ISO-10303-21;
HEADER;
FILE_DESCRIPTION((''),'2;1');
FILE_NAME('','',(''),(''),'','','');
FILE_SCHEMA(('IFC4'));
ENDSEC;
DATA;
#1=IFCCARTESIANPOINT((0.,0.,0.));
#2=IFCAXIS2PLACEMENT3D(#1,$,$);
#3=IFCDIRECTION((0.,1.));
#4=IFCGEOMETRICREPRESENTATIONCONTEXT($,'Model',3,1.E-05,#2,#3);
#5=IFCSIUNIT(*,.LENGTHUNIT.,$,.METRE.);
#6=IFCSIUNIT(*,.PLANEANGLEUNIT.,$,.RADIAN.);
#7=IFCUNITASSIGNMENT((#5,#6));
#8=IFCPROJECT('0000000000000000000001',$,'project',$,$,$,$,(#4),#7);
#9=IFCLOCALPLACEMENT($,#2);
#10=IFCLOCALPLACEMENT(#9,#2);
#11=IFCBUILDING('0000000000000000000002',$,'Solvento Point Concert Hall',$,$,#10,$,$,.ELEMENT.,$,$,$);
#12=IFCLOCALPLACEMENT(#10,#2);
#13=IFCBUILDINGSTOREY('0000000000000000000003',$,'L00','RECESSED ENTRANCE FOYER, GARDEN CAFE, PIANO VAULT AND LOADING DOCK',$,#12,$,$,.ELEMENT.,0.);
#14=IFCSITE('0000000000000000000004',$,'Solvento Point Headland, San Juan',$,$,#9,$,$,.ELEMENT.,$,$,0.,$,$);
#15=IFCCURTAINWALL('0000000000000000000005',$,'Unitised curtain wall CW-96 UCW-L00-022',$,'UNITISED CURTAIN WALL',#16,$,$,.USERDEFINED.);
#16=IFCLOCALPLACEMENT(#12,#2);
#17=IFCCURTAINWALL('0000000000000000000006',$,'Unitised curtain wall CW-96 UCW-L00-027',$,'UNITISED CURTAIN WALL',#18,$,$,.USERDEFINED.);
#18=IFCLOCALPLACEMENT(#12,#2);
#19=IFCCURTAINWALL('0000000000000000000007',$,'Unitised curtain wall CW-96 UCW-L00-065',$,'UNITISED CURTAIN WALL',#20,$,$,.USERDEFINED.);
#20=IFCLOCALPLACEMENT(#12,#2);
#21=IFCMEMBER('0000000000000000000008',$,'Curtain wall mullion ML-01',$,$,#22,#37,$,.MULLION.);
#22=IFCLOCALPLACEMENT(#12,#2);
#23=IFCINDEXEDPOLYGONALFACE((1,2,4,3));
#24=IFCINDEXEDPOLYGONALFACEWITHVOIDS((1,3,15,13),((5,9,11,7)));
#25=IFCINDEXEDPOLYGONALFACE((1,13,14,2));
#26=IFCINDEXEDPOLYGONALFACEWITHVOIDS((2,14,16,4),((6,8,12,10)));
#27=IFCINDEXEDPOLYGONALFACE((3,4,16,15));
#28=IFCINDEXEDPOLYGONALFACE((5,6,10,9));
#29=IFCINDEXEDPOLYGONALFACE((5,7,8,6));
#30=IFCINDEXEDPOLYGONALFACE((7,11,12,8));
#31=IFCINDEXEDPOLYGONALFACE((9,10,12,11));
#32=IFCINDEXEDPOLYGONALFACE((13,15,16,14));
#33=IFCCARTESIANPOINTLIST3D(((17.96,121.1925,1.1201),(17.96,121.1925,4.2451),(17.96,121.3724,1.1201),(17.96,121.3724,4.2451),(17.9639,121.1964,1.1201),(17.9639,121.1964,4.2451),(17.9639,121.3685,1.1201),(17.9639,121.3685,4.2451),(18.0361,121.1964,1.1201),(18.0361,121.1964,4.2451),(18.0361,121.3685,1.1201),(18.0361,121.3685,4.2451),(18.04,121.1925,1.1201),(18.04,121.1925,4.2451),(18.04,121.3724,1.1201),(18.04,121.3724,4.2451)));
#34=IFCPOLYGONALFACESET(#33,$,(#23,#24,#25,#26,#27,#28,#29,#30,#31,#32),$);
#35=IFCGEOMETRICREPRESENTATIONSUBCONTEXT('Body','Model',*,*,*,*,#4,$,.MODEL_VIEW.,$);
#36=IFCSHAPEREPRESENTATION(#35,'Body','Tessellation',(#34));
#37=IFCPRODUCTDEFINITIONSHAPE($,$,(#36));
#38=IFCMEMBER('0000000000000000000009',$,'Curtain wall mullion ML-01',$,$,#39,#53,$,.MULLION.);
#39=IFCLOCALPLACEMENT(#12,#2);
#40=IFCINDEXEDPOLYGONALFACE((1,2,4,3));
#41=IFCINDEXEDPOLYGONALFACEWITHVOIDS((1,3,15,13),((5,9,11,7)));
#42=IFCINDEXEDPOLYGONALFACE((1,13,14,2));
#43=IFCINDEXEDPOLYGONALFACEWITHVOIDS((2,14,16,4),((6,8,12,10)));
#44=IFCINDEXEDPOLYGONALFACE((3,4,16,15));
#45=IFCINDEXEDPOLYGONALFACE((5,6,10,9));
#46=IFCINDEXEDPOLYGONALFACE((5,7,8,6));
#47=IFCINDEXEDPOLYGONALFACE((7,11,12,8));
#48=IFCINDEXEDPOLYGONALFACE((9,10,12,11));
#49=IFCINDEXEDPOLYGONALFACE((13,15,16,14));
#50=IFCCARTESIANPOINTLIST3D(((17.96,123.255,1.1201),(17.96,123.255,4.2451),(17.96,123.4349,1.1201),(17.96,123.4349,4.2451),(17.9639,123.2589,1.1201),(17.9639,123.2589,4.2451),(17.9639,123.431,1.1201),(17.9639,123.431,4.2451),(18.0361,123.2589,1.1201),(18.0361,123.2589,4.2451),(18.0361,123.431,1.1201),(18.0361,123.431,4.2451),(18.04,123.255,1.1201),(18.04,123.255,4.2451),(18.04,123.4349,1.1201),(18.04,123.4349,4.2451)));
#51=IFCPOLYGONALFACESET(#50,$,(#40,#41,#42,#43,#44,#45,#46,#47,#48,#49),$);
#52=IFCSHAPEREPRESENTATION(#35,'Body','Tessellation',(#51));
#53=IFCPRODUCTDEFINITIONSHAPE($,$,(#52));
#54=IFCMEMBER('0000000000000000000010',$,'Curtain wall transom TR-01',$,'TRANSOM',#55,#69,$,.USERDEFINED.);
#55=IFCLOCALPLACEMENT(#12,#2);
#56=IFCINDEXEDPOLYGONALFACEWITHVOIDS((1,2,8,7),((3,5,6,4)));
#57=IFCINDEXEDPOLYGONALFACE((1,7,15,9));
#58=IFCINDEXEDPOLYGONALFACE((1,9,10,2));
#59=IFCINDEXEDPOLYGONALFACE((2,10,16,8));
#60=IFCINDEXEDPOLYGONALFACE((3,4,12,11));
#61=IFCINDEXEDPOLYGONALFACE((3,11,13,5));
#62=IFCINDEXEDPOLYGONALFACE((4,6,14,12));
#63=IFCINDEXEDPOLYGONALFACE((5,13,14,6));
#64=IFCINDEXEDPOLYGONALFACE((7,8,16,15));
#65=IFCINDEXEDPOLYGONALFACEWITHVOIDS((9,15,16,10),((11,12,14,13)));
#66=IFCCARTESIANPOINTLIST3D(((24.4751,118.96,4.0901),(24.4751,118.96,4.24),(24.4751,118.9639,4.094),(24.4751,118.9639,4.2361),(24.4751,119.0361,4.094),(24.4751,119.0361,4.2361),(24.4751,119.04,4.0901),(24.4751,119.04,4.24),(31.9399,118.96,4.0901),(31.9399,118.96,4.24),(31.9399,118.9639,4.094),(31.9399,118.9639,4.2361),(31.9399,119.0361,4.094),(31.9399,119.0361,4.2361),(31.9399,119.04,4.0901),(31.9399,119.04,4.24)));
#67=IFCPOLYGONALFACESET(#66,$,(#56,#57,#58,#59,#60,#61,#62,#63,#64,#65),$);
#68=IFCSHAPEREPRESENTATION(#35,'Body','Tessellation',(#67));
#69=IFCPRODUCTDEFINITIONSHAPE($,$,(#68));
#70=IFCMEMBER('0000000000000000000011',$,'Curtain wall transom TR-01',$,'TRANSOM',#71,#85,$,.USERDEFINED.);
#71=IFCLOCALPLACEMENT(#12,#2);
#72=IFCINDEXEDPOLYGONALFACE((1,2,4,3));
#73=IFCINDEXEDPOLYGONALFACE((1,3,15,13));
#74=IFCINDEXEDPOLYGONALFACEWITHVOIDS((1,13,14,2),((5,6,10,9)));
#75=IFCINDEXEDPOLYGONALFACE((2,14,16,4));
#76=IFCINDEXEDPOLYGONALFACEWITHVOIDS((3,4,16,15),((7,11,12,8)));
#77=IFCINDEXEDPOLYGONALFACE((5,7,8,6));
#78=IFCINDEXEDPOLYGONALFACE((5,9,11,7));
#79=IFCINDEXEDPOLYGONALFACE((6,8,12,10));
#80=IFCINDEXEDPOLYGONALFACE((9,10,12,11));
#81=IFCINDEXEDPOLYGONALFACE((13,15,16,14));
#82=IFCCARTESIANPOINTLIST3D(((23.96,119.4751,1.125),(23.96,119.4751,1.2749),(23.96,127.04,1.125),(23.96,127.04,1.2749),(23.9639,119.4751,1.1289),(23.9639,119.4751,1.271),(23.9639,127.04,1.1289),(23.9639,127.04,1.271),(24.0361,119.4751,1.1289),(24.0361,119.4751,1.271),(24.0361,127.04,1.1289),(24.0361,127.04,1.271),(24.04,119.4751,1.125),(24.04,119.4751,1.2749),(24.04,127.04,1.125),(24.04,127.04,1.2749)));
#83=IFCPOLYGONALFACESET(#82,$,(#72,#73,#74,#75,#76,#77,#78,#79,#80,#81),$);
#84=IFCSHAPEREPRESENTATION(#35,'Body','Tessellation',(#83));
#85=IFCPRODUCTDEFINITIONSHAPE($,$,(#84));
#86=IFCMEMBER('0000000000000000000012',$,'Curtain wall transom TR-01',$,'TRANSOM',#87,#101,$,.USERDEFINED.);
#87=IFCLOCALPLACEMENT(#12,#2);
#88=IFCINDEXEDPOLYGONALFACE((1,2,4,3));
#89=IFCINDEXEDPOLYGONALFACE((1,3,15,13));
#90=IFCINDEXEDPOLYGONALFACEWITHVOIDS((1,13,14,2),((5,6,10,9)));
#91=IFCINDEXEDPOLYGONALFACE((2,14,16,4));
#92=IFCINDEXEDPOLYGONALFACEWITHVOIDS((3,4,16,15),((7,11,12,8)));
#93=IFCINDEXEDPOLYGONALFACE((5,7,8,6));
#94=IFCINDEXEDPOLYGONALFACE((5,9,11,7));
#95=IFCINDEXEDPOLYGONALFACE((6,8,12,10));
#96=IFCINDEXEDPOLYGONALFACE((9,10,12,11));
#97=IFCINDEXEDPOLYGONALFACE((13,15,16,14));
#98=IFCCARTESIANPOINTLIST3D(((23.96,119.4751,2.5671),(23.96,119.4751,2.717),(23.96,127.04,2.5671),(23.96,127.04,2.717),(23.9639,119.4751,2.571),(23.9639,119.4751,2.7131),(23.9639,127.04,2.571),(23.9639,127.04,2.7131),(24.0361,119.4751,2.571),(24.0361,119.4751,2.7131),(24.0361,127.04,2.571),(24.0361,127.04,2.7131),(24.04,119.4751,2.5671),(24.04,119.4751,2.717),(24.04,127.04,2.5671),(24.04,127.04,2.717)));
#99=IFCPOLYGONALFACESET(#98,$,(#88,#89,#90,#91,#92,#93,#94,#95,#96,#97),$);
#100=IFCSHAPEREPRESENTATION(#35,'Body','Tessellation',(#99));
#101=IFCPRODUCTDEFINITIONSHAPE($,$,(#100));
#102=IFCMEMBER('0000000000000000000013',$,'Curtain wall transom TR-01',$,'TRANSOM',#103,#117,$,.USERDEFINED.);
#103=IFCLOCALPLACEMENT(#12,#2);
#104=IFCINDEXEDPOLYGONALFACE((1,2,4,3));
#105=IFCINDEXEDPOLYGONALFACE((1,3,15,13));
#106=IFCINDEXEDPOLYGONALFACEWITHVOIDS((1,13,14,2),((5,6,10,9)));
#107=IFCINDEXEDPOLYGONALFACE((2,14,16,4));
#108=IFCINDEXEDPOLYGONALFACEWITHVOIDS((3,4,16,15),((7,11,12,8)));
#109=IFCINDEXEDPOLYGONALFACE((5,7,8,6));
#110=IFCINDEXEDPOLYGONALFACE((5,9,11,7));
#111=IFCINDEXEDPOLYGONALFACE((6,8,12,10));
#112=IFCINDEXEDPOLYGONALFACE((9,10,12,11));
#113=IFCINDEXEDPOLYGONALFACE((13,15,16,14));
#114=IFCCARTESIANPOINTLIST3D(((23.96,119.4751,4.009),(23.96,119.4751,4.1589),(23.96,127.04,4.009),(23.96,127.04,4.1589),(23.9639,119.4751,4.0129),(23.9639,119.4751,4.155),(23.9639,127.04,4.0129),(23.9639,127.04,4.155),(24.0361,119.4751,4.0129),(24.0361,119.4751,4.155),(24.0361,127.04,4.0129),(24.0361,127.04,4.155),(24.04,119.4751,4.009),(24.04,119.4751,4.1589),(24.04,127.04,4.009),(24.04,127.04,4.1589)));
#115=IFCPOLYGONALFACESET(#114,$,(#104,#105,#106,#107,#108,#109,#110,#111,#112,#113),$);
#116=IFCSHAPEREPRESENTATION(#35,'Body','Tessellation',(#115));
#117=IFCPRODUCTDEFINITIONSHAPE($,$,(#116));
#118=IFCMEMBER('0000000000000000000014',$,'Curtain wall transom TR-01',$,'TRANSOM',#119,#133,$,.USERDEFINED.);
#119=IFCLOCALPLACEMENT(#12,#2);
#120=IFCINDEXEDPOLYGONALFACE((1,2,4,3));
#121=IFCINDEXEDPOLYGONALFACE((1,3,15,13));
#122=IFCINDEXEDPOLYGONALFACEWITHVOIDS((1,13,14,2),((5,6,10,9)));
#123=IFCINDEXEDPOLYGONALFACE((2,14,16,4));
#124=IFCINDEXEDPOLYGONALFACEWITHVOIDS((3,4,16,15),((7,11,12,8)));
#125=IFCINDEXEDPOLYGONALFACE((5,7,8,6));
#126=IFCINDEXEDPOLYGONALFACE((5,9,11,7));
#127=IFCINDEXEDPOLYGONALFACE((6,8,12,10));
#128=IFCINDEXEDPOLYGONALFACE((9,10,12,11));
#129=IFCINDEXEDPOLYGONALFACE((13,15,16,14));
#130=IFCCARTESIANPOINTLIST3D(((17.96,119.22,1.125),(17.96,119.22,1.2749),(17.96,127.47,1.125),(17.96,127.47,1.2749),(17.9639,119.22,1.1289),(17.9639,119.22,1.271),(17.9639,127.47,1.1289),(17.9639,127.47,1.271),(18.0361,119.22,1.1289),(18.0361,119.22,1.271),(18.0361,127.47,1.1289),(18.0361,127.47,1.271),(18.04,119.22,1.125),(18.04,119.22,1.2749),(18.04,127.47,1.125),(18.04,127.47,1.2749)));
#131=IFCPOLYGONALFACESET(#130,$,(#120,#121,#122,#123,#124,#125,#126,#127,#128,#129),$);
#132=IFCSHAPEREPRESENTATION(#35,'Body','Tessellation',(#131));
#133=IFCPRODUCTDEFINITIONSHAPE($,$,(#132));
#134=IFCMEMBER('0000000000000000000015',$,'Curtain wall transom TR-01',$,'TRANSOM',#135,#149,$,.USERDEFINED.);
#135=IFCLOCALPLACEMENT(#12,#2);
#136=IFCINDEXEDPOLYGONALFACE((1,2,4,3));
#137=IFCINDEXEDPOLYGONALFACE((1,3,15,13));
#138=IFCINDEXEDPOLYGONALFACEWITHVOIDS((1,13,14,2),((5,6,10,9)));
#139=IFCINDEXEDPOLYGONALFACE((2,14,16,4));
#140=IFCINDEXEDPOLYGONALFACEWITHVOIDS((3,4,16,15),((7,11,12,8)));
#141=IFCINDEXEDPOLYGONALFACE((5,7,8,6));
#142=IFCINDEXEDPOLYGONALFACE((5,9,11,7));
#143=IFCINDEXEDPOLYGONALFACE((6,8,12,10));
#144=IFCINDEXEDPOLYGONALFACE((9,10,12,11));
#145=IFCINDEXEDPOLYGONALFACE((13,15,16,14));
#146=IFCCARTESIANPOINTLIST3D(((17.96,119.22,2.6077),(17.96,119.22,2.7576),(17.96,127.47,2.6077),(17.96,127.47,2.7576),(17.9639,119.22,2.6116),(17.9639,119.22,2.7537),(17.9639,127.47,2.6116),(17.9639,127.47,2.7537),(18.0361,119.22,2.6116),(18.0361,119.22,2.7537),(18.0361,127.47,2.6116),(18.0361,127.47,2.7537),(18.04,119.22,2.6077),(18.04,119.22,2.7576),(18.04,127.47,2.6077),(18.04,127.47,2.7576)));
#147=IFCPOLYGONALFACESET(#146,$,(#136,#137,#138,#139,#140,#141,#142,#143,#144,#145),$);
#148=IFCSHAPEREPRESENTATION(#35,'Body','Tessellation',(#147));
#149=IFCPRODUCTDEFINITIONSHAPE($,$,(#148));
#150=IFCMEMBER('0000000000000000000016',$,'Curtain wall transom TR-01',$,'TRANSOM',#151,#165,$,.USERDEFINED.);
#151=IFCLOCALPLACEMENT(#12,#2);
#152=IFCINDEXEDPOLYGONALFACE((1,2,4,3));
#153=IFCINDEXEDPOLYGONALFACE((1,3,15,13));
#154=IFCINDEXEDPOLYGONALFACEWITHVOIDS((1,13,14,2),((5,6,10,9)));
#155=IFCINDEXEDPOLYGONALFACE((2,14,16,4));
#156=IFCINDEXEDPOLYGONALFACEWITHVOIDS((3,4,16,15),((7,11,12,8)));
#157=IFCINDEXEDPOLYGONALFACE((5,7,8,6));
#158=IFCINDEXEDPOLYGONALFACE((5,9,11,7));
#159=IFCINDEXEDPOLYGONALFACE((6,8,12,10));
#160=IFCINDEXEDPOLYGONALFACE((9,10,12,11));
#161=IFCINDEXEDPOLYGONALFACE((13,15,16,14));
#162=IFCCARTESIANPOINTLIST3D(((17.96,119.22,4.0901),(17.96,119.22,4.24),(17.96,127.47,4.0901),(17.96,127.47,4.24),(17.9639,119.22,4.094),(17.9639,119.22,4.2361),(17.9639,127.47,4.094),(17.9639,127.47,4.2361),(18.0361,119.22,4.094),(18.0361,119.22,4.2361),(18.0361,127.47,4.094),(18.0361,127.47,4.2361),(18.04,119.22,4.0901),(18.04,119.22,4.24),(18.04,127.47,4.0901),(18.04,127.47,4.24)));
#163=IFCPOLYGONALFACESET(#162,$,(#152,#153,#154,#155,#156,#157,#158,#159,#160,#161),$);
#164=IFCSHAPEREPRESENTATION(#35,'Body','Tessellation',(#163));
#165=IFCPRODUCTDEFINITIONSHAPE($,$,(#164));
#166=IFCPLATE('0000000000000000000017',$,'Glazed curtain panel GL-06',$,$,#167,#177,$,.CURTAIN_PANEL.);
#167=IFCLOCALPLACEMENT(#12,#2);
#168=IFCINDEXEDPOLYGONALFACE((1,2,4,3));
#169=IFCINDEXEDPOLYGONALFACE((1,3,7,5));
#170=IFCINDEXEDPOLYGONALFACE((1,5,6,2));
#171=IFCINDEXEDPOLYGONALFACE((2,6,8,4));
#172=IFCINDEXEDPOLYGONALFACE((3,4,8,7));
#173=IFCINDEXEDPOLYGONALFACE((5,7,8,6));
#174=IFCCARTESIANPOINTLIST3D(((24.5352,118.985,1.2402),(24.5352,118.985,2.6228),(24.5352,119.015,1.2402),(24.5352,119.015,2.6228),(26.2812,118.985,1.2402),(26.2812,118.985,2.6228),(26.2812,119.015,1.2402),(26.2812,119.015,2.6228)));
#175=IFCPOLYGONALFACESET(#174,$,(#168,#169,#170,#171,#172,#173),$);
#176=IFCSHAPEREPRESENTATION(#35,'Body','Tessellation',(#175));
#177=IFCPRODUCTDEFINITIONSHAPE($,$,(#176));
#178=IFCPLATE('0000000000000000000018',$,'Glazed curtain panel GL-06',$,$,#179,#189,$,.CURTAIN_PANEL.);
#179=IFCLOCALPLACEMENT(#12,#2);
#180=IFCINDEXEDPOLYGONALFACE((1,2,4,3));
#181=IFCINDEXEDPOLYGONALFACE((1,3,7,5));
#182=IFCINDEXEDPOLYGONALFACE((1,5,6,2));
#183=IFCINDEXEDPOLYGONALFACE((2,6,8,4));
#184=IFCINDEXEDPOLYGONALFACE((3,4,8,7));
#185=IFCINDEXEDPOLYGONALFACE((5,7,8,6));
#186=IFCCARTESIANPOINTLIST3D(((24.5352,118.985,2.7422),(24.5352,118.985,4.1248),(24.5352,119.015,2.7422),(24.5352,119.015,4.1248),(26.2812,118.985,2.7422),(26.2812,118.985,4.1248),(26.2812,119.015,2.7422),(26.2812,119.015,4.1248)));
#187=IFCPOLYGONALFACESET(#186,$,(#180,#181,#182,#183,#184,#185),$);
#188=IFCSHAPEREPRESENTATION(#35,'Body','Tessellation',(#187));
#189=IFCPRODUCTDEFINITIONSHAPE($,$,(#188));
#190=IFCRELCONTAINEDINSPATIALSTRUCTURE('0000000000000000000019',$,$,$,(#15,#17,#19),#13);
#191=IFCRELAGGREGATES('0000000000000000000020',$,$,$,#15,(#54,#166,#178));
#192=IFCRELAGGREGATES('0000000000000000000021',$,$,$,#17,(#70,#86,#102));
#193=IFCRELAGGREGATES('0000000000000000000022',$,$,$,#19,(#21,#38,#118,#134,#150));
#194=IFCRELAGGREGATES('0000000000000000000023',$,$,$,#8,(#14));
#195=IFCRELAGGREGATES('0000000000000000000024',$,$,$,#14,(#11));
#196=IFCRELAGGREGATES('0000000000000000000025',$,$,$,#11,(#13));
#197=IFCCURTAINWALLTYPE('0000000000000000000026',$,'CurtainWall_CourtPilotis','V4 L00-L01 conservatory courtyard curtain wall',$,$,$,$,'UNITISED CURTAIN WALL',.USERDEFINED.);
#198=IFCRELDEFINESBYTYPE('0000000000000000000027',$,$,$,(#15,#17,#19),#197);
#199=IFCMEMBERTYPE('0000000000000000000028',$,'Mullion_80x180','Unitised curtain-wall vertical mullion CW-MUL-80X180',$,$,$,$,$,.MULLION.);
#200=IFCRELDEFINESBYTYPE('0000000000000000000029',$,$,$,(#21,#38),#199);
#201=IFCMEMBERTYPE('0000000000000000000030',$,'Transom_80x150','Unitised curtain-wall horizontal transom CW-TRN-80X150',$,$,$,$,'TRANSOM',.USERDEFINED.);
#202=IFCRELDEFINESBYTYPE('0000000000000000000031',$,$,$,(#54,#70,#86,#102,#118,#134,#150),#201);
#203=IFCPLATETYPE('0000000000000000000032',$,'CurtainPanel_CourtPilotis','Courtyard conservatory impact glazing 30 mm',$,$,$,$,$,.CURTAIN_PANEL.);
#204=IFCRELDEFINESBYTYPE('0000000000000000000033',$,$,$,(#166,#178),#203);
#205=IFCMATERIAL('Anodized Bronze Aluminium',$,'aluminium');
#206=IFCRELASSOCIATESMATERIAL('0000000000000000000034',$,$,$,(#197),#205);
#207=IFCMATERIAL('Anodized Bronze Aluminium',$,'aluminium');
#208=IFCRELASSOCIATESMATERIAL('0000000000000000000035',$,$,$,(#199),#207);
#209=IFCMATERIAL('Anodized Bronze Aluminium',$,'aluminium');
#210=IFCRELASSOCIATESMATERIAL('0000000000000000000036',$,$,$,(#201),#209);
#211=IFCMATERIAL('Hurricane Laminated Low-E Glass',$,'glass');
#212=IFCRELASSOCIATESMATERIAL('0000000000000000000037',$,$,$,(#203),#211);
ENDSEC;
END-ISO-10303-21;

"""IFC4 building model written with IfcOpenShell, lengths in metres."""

from ifc_helpers import new_model, si_unit, direction, frame, origin, origin_2d, place, context, subcontext, project, spatial, rectangle, hollow_rectangle, extrude, material, material_profile, profile_set, type_object, element, aggregate, save


model = new_model("IFC4")

# Units and contexts
model_context = context("Model", 3, precision=1e-05, world=origin(), true_north=direction((0.0, 1.0)))
body_context = subcontext(model_context, "Body", "Model", "MODEL_VIEW")
ifc_project = project(units=[si_unit("LENGTHUNIT", "METRE"), si_unit("PLANEANGLEUNIT", "RADIAN")], contexts=[model_context])

# Site, building, storey
site_placement = place(None, origin())
site = spatial("IfcSite", under=ifc_project, at=site_placement, Name="Solvento Point Headland, San Juan", CompositionType="ELEMENT", RefElevation=0.0)
building_placement = place(site_placement, origin())
building = spatial("IfcBuilding", under=site, at=building_placement, Name="Solvento Point Concert Hall", CompositionType="ELEMENT")
storey_placement = place(building_placement, origin())
storey = spatial("IfcBuildingStorey", under=building, at=storey_placement, Name="L00", Description="RECESSED ENTRANCE FOYER, GARDEN CAFE, PIANO VAULT AND LOADING DOCK", CompositionType="ELEMENT", Elevation=0.0)

# Curtain walls, members
ifc_material_1 = material(Name="Anodized Bronze Aluminium", Category="aluminium")
curtain_wall_type = type_object("IfcCurtainWallType", Name="CurtainWall_CourtPilotis", Description="V4 L00-L01 conservatory courtyard curtain wall", ElementType="UNITISED CURTAIN WALL", PredefinedType="USERDEFINED", material=ifc_material_1)
curtain_wall_1_placement = place(storey_placement, origin())
curtain_wall_1 = element("IfcCurtainWall", 1, at=curtain_wall_1_placement, inside=storey, type_object=curtain_wall_type, Name="Unitised curtain wall CW-96 UCW-L00-022", ObjectType="UNITISED CURTAIN WALL", PredefinedType="USERDEFINED")
ifc_material_2 = material(Name="Anodized Bronze Aluminium", Category="aluminium")
ifc_material_profile_1 = material_profile(ifc_material_2, hollow_rectangle(XDim=0.0801, YDim=0.1799, WallThickness=0.0039, at=origin_2d()), Name="CW-MUL-80X180")
ifc_profile_set_1 = profile_set([ifc_material_profile_1], Name="Anodized Bronze Aluminium")
member_type_1 = type_object("IfcMemberType", Name="Mullion_80x180", Description="Unitised curtain-wall vertical mullion CW-MUL-80X180", PredefinedType="MULLION", material=ifc_profile_set_1)
curtain_wall_2_placement = place(storey_placement, origin())
curtain_wall_2 = element("IfcCurtainWall", 2, at=curtain_wall_2_placement, inside=storey, type_object=curtain_wall_type, Name="Unitised curtain wall CW-96 UCW-L00-027", ObjectType="UNITISED CURTAIN WALL", PredefinedType="USERDEFINED")
curtain_wall_3_placement = place(storey_placement, origin())
curtain_wall_3 = element("IfcCurtainWall", 3, at=curtain_wall_3_placement, inside=storey, type_object=curtain_wall_type, Name="Unitised curtain wall CW-96 UCW-L00-065", ObjectType="UNITISED CURTAIN WALL", PredefinedType="USERDEFINED")
member_1_placement = place(storey_placement, frame((18.0, 121.2825, 1.1201), z_axis=(0.0, 0.0, 1.0), x_axis=(1.0, 0.0, 0.0)))
member_1 = element("IfcMember", 4, at=member_1_placement, type_object=member_type_1, Name="Curtain wall mullion ML-01", PredefinedType="MULLION", context=body_context, shape_type="SweptSolid", body=[
    extrude(hollow_rectangle(XDim=0.0801, YDim=0.1799, WallThickness=0.0039, at=origin_2d()), origin(), (0.0, 0.0, 1.0), 3.125),
])
member_2_placement = place(storey_placement, frame((18.0, 123.345, 1.1201), z_axis=(0.0, 0.0, 1.0), x_axis=(1.0, 0.0, 0.0)))
member_2 = element("IfcMember", 5, at=member_2_placement, type_object=member_type_1, Name="Curtain wall mullion ML-01", PredefinedType="MULLION", context=body_context, shape_type="SweptSolid", body=[
    extrude(hollow_rectangle(XDim=0.0801, YDim=0.1799, WallThickness=0.0039, at=origin_2d()), origin(), (0.0, 0.0, 1.0), 3.125),
])

# Members
ifc_material_3 = material(Name="Anodized Bronze Aluminium", Category="aluminium")
ifc_material_profile_2 = material_profile(ifc_material_3, hollow_rectangle(XDim=0.0801, YDim=0.1499, WallThickness=0.0039, at=origin_2d()), Name="CW-TRN-80X150")
ifc_profile_set_2 = profile_set([ifc_material_profile_2], Name="Anodized Bronze Aluminium")
member_type_2 = type_object("IfcMemberType", Name="Transom_80x150", Description="Unitised curtain-wall horizontal transom CW-TRN-80X150", ElementType="TRANSOM", PredefinedType="USERDEFINED", material=ifc_profile_set_2)
member_3_placement = place(storey_placement, frame((24.4751, 119.0, 4.165), z_axis=(1.0, 0.0, 0.0), x_axis=(0.0, 1.0, 0.0)))
member_3 = element("IfcMember", 6, at=member_3_placement, type_object=member_type_2, Name="Curtain wall transom TR-01", ObjectType="TRANSOM", PredefinedType="USERDEFINED", context=body_context, shape_type="SweptSolid", body=[
    extrude(hollow_rectangle(XDim=0.0801, YDim=0.1499, WallThickness=0.0039, at=origin_2d()), origin(), (0.0, 0.0, 1.0), 7.4648),
])
member_4_placement = place(storey_placement, frame((24.0, 119.4751, 1.2), z_axis=(0.0, 1.0, 0.0), x_axis=(-1.0, 0.0, 0.0)))
member_4 = element("IfcMember", 7, at=member_4_placement, type_object=member_type_2, Name="Curtain wall transom TR-01", ObjectType="TRANSOM", PredefinedType="USERDEFINED", context=body_context, shape_type="SweptSolid", body=[
    extrude(hollow_rectangle(XDim=0.0801, YDim=0.1499, WallThickness=0.0039, at=origin_2d()), origin(), (0.0, 0.0, 1.0), 7.5649),
])
member_5_placement = place(storey_placement, frame((24.0, 119.4751, 2.6421), z_axis=(0.0, 1.0, 0.0), x_axis=(-1.0, 0.0, 0.0)))
member_5 = element("IfcMember", 8, at=member_5_placement, type_object=member_type_2, Name="Curtain wall transom TR-01", ObjectType="TRANSOM", PredefinedType="USERDEFINED", context=body_context, shape_type="SweptSolid", body=[
    extrude(hollow_rectangle(XDim=0.0801, YDim=0.1499, WallThickness=0.0039, at=origin_2d()), origin(), (0.0, 0.0, 1.0), 7.5649),
])
member_6_placement = place(storey_placement, frame((24.0, 119.4751, 4.084), z_axis=(0.0, 1.0, 0.0), x_axis=(-1.0, 0.0, 0.0)))
member_6 = element("IfcMember", 9, at=member_6_placement, type_object=member_type_2, Name="Curtain wall transom TR-01", ObjectType="TRANSOM", PredefinedType="USERDEFINED", context=body_context, shape_type="SweptSolid", body=[
    extrude(hollow_rectangle(XDim=0.0801, YDim=0.1499, WallThickness=0.0039, at=origin_2d()), origin(), (0.0, 0.0, 1.0), 7.5649),
])
member_7_placement = place(storey_placement, frame((18.0, 119.22, 1.2), z_axis=(0.0, 1.0, 0.0), x_axis=(-1.0, 0.0, 0.0)))
member_7 = element("IfcMember", 10, at=member_7_placement, type_object=member_type_2, Name="Curtain wall transom TR-01", ObjectType="TRANSOM", PredefinedType="USERDEFINED", context=body_context, shape_type="SweptSolid", body=[
    extrude(hollow_rectangle(XDim=0.0801, YDim=0.1499, WallThickness=0.0039, at=origin_2d()), origin(), (0.0, 0.0, 1.0), 8.25),
])
member_8_placement = place(storey_placement, frame((18.0, 119.22, 2.6826), z_axis=(0.0, 1.0, 0.0), x_axis=(-1.0, 0.0, 0.0)))
member_8 = element("IfcMember", 11, at=member_8_placement, type_object=member_type_2, Name="Curtain wall transom TR-01", ObjectType="TRANSOM", PredefinedType="USERDEFINED", context=body_context, shape_type="SweptSolid", body=[
    extrude(hollow_rectangle(XDim=0.0801, YDim=0.1499, WallThickness=0.0039, at=origin_2d()), origin(), (0.0, 0.0, 1.0), 8.25),
])
member_9_placement = place(storey_placement, frame((18.0, 119.22, 4.165), z_axis=(0.0, 1.0, 0.0), x_axis=(-1.0, 0.0, 0.0)))
member_9 = element("IfcMember", 12, at=member_9_placement, type_object=member_type_2, Name="Curtain wall transom TR-01", ObjectType="TRANSOM", PredefinedType="USERDEFINED", context=body_context, shape_type="SweptSolid", body=[
    extrude(hollow_rectangle(XDim=0.0801, YDim=0.1499, WallThickness=0.0039, at=origin_2d()), origin(), (0.0, 0.0, 1.0), 8.25),
])

# Plates
ifc_material_4 = material(Name="Hurricane Laminated Low-E Glass", Category="glass")
plate_type = type_object("IfcPlateType", Name="CurtainPanel_CourtPilotis", Description="Courtyard conservatory impact glazing 30 mm", PredefinedType="CURTAIN_PANEL", material=ifc_material_4)
plate_1_placement = place(storey_placement, frame((25.4082, 119.0, 1.2402), z_axis=(0.0, 0.0, 1.0), x_axis=(1.0, 0.0, 0.0)))
plate_1 = element("IfcPlate", 13, at=plate_1_placement, type_object=plate_type, Name="Glazed curtain panel GL-06", PredefinedType="CURTAIN_PANEL", context=body_context, shape_type="SweptSolid", body=[
    extrude(rectangle(XDim=1.7461, YDim=0.03, at=origin_2d()), origin(), (0.0, 0.0, 1.0), 1.3826),
])
plate_2_placement = place(storey_placement, frame((25.4082, 119.0, 2.7422), z_axis=(0.0, 0.0, 1.0), x_axis=(1.0, 0.0, 0.0)))
plate_2 = element("IfcPlate", 14, at=plate_2_placement, type_object=plate_type, Name="Glazed curtain panel GL-06", PredefinedType="CURTAIN_PANEL", context=body_context, shape_type="SweptSolid", body=[
    extrude(rectangle(XDim=1.7461, YDim=0.03, at=origin_2d()), origin(), (0.0, 0.0, 1.0), 1.3826),
])
aggregate(curtain_wall_1, [member_3, plate_1, plate_2])
aggregate(curtain_wall_2, [member_4, member_5, member_6])
aggregate(curtain_wall_3, [member_1, member_2, member_7, member_8, member_9])

save(model, "model.ifc")
